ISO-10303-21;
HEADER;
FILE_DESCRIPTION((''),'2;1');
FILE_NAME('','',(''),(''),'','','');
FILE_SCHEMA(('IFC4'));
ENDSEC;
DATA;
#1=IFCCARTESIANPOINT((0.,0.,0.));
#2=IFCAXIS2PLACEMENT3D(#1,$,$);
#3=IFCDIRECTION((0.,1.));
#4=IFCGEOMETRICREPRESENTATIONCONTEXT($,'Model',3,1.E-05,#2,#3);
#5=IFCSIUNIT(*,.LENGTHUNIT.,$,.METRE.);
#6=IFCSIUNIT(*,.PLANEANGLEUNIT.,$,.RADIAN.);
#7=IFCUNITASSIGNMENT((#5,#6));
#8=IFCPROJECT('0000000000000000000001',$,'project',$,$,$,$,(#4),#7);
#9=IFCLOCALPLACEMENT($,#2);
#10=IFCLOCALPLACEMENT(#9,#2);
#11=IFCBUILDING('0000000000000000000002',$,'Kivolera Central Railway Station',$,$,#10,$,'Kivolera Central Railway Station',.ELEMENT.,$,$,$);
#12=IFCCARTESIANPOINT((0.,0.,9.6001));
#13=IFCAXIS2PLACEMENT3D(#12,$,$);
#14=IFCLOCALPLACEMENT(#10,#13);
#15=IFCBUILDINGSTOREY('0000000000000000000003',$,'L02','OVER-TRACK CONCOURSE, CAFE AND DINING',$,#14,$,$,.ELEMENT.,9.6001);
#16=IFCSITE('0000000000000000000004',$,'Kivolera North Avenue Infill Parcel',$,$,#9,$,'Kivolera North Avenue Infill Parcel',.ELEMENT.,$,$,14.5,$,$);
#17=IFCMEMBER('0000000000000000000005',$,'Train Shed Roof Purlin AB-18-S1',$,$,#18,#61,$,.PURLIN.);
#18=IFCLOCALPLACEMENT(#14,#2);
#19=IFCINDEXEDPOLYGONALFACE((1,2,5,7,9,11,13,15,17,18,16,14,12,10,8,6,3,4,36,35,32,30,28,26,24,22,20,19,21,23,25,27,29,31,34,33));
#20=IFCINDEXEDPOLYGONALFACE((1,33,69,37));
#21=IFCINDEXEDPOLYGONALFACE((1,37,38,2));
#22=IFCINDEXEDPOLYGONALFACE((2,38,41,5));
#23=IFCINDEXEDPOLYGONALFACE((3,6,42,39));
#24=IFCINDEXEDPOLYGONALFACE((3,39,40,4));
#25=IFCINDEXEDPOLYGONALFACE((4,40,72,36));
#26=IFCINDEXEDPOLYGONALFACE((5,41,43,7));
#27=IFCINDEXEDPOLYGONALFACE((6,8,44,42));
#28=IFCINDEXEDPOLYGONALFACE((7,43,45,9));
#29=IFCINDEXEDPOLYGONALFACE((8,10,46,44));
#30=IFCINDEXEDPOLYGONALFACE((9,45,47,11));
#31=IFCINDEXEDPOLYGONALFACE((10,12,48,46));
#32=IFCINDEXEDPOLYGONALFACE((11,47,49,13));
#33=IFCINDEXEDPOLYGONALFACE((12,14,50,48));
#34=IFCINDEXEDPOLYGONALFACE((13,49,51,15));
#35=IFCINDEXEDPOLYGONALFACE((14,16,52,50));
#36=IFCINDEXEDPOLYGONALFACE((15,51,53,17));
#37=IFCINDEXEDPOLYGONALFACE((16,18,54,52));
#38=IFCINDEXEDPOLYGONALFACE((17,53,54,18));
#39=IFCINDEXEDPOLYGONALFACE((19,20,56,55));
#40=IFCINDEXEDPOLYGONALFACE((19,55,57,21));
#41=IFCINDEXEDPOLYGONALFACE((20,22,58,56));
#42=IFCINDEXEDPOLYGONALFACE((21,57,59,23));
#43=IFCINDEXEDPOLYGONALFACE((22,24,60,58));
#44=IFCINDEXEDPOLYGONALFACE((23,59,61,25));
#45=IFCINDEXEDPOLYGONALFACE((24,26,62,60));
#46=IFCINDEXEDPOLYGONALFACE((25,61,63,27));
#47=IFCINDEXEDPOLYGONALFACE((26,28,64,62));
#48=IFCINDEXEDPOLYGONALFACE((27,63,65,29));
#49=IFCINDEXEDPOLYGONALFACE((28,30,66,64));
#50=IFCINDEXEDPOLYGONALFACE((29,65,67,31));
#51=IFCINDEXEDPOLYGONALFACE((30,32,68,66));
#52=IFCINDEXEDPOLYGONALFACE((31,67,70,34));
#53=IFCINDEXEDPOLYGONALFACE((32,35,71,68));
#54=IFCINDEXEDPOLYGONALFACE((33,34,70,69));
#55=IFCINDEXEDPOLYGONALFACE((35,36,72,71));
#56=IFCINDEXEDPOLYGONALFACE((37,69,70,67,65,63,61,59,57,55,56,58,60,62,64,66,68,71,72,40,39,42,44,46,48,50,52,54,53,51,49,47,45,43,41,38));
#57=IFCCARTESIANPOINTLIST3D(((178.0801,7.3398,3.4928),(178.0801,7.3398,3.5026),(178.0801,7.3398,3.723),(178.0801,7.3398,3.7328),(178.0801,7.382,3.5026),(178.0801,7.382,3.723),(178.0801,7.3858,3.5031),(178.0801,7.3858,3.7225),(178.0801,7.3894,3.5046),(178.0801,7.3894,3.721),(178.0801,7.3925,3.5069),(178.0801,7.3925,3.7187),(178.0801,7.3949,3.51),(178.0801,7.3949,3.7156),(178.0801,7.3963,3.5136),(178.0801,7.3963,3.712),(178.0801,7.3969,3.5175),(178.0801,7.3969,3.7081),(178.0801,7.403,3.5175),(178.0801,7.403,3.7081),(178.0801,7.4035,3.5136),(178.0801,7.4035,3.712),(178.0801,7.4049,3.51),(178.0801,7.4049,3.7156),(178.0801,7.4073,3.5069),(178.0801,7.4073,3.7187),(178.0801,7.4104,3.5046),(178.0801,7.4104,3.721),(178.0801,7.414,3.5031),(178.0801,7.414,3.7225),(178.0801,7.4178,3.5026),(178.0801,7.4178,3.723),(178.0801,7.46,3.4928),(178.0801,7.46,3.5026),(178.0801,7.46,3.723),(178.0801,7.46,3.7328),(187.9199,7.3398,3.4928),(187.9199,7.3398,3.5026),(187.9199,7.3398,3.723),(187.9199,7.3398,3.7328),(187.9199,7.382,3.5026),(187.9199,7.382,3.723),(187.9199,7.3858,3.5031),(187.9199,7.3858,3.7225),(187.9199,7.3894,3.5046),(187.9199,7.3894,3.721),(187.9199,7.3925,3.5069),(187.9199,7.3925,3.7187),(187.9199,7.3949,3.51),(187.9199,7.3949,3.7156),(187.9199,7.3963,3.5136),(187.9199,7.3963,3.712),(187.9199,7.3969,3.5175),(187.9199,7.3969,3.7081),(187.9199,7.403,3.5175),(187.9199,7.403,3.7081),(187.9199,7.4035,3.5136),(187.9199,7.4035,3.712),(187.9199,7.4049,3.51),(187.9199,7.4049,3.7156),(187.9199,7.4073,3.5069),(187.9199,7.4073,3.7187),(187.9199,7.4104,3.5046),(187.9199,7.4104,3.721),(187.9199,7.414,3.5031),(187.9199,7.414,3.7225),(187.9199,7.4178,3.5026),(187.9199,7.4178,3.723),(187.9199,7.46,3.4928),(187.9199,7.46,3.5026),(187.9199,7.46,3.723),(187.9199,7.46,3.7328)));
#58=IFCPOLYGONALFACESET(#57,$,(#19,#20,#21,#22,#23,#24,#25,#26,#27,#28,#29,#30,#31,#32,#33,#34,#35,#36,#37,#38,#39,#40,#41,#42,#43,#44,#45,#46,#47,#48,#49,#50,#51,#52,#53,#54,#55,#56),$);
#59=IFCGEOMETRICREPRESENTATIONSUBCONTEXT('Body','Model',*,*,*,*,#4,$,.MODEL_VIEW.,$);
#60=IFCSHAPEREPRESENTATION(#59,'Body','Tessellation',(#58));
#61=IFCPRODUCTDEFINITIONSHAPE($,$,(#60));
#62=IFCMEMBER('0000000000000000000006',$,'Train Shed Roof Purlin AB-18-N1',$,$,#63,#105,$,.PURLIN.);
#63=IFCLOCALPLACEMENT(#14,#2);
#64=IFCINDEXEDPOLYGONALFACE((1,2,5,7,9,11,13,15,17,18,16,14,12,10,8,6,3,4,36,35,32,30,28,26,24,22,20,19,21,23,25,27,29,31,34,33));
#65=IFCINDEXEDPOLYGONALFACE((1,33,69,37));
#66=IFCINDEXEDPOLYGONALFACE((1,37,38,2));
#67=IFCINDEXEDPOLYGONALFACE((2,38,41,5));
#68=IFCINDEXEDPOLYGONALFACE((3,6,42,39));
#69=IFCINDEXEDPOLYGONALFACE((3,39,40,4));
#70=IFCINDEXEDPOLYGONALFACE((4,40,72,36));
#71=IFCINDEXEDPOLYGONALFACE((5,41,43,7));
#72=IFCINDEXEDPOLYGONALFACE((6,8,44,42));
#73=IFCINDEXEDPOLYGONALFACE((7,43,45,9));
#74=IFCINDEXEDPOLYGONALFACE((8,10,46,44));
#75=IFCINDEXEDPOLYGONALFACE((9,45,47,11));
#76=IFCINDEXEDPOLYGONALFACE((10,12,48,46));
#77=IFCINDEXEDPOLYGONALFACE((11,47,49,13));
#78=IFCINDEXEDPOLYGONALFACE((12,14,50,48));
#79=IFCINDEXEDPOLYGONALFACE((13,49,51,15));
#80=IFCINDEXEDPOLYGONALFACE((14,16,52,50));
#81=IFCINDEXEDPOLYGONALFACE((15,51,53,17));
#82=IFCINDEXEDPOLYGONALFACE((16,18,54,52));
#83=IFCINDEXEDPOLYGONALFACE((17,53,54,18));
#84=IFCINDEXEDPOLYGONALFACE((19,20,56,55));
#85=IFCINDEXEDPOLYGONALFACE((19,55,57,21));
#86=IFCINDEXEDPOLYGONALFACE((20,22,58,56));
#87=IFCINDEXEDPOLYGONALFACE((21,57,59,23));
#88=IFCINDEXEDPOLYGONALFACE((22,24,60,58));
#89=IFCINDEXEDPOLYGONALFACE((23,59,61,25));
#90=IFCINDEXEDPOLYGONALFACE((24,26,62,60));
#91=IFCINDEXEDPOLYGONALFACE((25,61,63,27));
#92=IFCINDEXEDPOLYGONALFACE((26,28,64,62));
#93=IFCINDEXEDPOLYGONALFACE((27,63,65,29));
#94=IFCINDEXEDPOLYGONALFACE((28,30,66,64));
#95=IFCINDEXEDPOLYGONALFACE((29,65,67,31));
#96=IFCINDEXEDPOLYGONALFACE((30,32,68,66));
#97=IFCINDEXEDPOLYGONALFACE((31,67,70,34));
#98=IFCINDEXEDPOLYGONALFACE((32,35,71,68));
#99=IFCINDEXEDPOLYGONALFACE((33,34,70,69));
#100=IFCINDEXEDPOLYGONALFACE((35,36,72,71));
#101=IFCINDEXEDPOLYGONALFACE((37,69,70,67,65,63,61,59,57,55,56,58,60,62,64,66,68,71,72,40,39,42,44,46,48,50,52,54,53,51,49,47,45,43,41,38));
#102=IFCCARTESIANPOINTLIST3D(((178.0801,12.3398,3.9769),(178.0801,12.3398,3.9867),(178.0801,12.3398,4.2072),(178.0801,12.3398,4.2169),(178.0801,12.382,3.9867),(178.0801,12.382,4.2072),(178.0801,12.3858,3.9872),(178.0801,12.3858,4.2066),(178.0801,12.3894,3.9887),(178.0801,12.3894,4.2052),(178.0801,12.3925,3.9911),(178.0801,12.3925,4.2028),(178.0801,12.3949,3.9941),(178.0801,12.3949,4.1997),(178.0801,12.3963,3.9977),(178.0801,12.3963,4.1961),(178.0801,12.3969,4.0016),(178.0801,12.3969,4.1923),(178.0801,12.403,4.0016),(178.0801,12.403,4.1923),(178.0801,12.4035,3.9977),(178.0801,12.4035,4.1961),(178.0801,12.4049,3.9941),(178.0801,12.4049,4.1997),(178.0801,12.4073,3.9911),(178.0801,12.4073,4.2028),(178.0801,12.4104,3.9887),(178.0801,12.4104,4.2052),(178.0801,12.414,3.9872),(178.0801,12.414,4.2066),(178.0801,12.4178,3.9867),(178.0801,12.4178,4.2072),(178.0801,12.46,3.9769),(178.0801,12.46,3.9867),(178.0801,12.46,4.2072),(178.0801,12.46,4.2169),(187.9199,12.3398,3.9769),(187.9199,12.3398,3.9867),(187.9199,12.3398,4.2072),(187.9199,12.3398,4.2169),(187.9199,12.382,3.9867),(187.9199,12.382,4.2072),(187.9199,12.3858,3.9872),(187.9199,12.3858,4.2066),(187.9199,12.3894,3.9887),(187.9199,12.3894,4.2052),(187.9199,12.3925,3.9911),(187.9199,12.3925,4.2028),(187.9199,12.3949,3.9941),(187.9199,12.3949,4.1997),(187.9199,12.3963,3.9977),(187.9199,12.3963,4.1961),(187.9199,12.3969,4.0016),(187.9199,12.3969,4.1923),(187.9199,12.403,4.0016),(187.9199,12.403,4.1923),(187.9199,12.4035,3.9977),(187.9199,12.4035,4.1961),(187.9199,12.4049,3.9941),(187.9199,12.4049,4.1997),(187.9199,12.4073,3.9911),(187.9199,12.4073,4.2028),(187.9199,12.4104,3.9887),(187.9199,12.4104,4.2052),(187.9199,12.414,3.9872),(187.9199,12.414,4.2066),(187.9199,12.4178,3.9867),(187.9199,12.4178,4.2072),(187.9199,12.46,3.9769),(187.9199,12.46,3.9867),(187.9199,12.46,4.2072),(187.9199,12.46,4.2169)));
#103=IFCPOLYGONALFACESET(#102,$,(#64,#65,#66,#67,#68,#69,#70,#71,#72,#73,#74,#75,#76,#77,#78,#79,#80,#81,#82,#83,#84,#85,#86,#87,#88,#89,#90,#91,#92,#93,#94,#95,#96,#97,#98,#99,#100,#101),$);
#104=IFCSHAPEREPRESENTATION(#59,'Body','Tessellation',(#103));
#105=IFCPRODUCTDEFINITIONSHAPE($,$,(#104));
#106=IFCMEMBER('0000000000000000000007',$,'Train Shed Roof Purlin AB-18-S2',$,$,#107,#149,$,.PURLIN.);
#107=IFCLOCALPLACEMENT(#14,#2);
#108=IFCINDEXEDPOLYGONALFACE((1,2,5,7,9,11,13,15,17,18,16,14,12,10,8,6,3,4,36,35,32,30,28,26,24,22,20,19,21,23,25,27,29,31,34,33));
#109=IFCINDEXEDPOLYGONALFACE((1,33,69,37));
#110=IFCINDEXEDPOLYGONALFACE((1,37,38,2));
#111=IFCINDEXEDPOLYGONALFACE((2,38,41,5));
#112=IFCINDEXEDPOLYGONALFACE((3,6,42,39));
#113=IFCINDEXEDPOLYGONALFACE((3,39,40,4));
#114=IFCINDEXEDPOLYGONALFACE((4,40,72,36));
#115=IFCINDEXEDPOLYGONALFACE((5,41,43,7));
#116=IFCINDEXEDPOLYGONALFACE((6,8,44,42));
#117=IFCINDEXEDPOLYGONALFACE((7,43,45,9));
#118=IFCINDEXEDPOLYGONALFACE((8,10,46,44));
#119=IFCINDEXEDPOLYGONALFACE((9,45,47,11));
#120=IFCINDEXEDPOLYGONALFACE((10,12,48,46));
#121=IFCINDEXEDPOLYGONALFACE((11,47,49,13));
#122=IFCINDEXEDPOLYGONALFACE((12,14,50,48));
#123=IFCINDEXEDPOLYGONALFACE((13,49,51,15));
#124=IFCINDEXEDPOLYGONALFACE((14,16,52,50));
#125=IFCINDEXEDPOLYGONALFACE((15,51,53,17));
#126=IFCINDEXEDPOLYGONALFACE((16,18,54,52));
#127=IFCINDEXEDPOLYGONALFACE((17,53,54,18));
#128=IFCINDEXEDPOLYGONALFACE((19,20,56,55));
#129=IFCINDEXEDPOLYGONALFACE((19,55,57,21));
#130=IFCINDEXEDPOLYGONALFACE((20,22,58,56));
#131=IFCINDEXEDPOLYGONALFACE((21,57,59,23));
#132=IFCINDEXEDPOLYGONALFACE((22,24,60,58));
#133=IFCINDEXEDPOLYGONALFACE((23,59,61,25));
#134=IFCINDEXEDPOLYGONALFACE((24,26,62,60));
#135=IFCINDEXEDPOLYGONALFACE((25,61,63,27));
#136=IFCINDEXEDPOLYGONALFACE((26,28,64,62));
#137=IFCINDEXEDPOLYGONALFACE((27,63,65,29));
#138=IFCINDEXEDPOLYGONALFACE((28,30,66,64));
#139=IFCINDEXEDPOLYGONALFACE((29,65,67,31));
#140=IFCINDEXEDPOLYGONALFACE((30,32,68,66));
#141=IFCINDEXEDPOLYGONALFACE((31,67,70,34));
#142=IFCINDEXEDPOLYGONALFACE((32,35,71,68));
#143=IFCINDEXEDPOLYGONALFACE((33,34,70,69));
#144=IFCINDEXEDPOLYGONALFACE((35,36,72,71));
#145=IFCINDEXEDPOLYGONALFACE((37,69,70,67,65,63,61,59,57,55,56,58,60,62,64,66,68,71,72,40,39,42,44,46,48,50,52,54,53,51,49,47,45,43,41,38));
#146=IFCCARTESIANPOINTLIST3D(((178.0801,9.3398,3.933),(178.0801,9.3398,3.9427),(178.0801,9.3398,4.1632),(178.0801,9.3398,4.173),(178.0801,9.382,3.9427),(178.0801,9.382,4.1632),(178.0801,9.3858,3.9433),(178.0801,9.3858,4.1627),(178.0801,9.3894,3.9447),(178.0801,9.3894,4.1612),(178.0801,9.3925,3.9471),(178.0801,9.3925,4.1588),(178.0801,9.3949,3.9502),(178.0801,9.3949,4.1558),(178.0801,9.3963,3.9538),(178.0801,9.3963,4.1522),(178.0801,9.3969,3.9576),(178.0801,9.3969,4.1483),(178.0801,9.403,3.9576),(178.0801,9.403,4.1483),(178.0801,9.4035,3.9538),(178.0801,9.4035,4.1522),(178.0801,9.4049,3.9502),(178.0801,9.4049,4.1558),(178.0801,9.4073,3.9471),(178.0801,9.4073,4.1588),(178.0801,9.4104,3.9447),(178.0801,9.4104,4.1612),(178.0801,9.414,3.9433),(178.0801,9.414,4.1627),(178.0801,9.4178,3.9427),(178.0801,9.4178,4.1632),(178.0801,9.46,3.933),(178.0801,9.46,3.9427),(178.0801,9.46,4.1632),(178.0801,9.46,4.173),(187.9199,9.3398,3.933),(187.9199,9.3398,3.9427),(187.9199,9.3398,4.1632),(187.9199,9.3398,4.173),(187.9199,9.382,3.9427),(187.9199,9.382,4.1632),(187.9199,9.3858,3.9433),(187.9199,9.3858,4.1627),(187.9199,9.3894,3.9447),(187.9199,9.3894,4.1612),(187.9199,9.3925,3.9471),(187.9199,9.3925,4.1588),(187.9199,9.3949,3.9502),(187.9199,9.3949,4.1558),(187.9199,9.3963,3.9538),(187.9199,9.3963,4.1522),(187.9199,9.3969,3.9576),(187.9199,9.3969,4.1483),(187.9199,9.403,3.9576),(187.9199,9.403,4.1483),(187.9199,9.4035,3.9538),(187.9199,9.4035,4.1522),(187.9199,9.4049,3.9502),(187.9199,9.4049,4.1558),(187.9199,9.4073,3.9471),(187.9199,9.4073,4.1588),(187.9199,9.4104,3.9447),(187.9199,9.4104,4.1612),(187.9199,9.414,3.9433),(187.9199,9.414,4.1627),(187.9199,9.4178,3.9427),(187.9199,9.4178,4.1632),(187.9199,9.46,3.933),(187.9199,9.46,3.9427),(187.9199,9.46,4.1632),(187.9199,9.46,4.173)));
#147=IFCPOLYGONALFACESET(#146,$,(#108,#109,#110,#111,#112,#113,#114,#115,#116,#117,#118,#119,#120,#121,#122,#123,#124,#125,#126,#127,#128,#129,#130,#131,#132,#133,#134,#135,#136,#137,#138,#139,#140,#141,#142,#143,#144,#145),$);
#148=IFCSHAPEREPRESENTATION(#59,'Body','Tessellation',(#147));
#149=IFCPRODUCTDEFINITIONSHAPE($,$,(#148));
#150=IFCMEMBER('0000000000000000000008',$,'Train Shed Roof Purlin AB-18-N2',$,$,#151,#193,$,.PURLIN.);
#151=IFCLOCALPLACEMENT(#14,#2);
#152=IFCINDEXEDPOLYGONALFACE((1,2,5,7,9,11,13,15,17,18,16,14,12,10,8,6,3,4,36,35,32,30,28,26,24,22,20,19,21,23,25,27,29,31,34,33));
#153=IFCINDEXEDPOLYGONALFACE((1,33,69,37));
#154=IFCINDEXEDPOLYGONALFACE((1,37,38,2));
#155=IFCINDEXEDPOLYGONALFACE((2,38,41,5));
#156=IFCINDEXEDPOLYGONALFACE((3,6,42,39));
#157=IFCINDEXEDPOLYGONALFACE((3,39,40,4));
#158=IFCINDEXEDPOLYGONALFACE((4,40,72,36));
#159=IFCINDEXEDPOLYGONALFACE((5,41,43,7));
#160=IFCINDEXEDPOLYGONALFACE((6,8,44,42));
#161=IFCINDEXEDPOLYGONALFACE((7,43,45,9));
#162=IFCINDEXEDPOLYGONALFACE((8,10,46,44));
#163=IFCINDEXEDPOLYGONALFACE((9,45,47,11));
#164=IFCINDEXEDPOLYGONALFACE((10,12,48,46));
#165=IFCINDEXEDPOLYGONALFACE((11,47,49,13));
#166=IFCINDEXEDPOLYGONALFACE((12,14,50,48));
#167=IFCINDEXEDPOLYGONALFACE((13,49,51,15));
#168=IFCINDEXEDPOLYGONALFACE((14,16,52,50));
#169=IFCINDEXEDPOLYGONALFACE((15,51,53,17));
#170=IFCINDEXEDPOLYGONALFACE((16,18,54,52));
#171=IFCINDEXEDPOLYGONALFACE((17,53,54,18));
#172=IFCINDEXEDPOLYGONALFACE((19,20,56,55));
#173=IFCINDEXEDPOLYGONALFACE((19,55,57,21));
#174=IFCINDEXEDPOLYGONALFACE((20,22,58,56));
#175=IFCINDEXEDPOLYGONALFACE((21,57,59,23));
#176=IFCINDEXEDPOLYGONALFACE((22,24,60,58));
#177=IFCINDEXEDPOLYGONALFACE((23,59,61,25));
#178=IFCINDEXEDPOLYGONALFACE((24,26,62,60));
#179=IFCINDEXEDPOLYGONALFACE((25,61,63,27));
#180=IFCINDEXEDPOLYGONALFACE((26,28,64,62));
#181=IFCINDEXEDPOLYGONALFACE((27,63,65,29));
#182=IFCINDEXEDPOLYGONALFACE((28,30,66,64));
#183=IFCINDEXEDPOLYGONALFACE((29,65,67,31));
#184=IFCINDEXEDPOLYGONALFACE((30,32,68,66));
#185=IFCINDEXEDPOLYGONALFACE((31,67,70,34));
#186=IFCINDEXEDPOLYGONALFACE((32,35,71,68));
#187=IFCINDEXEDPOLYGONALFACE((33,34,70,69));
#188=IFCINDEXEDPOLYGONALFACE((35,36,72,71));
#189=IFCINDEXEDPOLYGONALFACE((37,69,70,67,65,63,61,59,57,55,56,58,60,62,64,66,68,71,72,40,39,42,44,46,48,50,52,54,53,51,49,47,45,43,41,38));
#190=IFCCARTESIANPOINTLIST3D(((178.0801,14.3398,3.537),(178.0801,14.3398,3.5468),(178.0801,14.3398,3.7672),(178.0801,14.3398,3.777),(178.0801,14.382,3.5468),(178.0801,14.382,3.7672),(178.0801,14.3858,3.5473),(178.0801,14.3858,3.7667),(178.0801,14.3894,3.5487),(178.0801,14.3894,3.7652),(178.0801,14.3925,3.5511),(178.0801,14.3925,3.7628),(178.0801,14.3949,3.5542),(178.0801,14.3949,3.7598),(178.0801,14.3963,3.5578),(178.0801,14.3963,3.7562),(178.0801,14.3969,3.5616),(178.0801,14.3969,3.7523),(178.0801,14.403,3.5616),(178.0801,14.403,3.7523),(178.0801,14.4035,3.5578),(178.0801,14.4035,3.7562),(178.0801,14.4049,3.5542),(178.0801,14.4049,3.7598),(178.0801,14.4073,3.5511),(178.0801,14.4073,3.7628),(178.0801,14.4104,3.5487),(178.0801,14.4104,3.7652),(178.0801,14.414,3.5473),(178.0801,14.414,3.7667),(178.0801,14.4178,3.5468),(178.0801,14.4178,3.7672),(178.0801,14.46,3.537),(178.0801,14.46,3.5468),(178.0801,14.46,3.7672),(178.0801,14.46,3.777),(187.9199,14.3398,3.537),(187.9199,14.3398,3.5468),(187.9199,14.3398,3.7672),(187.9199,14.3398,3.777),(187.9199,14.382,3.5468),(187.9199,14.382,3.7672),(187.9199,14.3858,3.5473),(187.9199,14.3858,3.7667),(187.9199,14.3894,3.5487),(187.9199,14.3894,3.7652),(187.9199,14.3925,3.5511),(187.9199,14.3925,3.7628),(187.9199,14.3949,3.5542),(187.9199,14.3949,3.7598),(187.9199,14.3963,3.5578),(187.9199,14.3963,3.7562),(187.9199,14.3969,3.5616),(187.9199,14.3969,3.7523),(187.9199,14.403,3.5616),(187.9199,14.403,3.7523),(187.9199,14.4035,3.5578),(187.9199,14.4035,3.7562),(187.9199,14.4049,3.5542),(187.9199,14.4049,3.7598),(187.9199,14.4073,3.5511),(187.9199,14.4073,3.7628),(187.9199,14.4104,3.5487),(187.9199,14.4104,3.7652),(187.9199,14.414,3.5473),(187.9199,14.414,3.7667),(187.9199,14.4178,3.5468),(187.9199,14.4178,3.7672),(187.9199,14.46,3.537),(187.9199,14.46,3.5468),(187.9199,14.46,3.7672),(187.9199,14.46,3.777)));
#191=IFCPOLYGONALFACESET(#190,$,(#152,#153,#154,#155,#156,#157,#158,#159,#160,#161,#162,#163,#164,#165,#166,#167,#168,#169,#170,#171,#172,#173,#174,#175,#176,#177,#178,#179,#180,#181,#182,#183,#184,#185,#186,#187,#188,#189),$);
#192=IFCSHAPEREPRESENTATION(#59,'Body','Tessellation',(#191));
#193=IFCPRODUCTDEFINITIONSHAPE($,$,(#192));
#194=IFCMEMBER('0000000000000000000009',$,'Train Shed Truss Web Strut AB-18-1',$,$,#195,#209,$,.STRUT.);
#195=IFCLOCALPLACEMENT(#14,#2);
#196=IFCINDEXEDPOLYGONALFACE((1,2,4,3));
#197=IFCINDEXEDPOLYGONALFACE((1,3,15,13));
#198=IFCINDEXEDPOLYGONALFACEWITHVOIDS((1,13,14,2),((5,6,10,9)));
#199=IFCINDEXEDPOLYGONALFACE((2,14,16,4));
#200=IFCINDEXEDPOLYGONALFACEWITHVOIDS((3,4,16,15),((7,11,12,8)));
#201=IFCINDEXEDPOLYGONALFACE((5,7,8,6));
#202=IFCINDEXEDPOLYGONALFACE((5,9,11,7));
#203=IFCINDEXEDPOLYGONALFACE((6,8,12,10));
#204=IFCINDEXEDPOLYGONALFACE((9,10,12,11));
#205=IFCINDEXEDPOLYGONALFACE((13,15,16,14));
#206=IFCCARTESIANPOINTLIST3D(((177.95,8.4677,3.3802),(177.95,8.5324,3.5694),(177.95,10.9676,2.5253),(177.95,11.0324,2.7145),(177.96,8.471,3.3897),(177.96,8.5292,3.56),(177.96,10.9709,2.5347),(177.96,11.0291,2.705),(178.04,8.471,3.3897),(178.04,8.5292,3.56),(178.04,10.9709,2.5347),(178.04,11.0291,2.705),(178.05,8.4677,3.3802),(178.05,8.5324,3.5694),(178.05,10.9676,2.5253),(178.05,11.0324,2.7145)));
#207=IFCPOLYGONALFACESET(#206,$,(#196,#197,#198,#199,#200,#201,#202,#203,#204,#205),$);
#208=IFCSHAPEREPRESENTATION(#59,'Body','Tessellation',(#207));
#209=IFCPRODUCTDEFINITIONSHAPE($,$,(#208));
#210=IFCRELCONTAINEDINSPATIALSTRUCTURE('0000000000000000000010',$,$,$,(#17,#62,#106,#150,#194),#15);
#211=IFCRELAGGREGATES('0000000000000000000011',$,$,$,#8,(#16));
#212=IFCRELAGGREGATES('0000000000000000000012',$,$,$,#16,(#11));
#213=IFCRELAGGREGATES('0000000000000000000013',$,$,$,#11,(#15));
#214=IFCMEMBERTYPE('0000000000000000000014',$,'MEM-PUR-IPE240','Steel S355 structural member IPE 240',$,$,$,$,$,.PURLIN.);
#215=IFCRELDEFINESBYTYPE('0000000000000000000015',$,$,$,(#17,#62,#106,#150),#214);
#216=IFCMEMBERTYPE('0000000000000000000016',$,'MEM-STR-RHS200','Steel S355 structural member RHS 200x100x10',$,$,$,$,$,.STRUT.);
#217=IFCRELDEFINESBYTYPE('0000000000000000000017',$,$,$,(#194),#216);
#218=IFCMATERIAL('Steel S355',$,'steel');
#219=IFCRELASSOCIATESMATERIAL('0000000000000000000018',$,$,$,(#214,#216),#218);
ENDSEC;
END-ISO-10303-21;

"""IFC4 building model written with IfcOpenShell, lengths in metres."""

from ifc_helpers import new_model, si_unit, direction, frame, origin, origin_2d, place, context, subcontext, project, spatial, hollow_rectangle, i_section, extrude, material, material_profile, profile_set, type_object, element, save


model = new_model("IFC4")

# Units and contexts
model_context = context("Model", 3, precision=1e-05, world=origin(), true_north=direction((0.0, 1.0)))
body_context = subcontext(model_context, "Body", "Model", "MODEL_VIEW")
ifc_project = project(units=[si_unit("LENGTHUNIT", "METRE"), si_unit("PLANEANGLEUNIT", "RADIAN")], contexts=[model_context])

# Site, building, storey
site_placement = place(None, origin())
site = spatial("IfcSite", under=ifc_project, at=site_placement, Name="Kivolera North Avenue Infill Parcel", LongName="Kivolera North Avenue Infill Parcel", CompositionType="ELEMENT", RefElevation=14.5)
building_placement = place(site_placement, origin())
building = spatial("IfcBuilding", under=site, at=building_placement, Name="Kivolera Central Railway Station", LongName="Kivolera Central Railway Station", CompositionType="ELEMENT")
storey_placement = place(building_placement, frame((0.0, 0.0, 9.6001)))
storey = spatial("IfcBuildingStorey", under=building, at=storey_placement, Name="L02", Description="OVER-TRACK CONCOURSE, CAFE AND DINING", CompositionType="ELEMENT", Elevation=9.6001)

# Shared definitions
ifc_material_1 = material(Name="Steel S355", Category="steel")

# Members
ifc_material_profile_1 = material_profile(ifc_material_1, i_section(OverallWidth=0.1201, OverallDepth=0.24, WebThickness=0.0061, FlangeThickness=0.0098, FilletRadius=0.0149, at=origin_2d()), Name="IPE 240")
ifc_profile_set_1 = profile_set([ifc_material_profile_1], Name="Steel S355")
member_type_1 = type_object("IfcMemberType", Name="MEM-PUR-IPE240", Description="Steel S355 structural member IPE 240", PredefinedType="PURLIN", material=ifc_profile_set_1)
for number, where, z_axis, x_axis, name in (
    (1, (178.0801, 7.3999, 3.6128), (1.0, 0.0, 0.0), (0.0, 1.0, 0.0), "Train Shed Roof Purlin AB-18-S1"),
    (2, (178.0801, 12.3999, 4.0969), (1.0, 0.0, 0.0), (0.0, 1.0, 0.0), "Train Shed Roof Purlin AB-18-N1"),
    (3, (178.0801, 9.3999, 4.053), (1.0, 0.0, 0.0), (0.0, 1.0, 0.0), "Train Shed Roof Purlin AB-18-S2"),
    (4, (178.0801, 14.3999, 3.657), (1.0, 0.0, 0.0), (0.0, 1.0, 0.0), "Train Shed Roof Purlin AB-18-N2"),
):
    element("IfcMember", number, at=place(storey_placement, frame(where, z_axis=z_axis, x_axis=x_axis)), inside=storey, type_object=member_type_1, Name=name, PredefinedType="PURLIN", context=body_context, shape_type="SweptSolid", body=[
        extrude(i_section(OverallWidth=0.1201, OverallDepth=0.24, WebThickness=0.0061, FlangeThickness=0.0098, FilletRadius=0.0149, at=origin_2d()), origin(), (0.0, 0.0, 1.0), 9.8398),
    ])
ifc_material_profile_2 = material_profile(ifc_material_1, hollow_rectangle(XDim=0.1001, YDim=0.2, WallThickness=0.01, at=origin_2d()), Name="RHS 200x100x10")
ifc_profile_set_2 = profile_set([ifc_material_profile_2], Name="Steel S355")
member_type_2 = type_object("IfcMemberType", Name="MEM-STR-RHS200", Description="Steel S355 structural member RHS 200x100x10", PredefinedType="STRUT", material=ifc_profile_set_2)
for number, where, z_axis, x_axis, name in (
    (5, (178.0, 11.0, 2.6199), (0.0, -0.946197, 0.323592), (1.0, 0.0, 0.0), "Train Shed Truss Web Strut AB-18-1"),
):
    element("IfcMember", number, at=place(storey_placement, frame(where, z_axis=z_axis, x_axis=x_axis)), inside=storey, type_object=member_type_2, Name=name, PredefinedType="STRUT", context=body_context, shape_type="SweptSolid", body=[
        extrude(hollow_rectangle(XDim=0.1001, YDim=0.2, WallThickness=0.01, at=origin_2d()), origin(), (0.0, 0.0, 1.0), 2.6421),
    ])

save(model, "model.ifc")
